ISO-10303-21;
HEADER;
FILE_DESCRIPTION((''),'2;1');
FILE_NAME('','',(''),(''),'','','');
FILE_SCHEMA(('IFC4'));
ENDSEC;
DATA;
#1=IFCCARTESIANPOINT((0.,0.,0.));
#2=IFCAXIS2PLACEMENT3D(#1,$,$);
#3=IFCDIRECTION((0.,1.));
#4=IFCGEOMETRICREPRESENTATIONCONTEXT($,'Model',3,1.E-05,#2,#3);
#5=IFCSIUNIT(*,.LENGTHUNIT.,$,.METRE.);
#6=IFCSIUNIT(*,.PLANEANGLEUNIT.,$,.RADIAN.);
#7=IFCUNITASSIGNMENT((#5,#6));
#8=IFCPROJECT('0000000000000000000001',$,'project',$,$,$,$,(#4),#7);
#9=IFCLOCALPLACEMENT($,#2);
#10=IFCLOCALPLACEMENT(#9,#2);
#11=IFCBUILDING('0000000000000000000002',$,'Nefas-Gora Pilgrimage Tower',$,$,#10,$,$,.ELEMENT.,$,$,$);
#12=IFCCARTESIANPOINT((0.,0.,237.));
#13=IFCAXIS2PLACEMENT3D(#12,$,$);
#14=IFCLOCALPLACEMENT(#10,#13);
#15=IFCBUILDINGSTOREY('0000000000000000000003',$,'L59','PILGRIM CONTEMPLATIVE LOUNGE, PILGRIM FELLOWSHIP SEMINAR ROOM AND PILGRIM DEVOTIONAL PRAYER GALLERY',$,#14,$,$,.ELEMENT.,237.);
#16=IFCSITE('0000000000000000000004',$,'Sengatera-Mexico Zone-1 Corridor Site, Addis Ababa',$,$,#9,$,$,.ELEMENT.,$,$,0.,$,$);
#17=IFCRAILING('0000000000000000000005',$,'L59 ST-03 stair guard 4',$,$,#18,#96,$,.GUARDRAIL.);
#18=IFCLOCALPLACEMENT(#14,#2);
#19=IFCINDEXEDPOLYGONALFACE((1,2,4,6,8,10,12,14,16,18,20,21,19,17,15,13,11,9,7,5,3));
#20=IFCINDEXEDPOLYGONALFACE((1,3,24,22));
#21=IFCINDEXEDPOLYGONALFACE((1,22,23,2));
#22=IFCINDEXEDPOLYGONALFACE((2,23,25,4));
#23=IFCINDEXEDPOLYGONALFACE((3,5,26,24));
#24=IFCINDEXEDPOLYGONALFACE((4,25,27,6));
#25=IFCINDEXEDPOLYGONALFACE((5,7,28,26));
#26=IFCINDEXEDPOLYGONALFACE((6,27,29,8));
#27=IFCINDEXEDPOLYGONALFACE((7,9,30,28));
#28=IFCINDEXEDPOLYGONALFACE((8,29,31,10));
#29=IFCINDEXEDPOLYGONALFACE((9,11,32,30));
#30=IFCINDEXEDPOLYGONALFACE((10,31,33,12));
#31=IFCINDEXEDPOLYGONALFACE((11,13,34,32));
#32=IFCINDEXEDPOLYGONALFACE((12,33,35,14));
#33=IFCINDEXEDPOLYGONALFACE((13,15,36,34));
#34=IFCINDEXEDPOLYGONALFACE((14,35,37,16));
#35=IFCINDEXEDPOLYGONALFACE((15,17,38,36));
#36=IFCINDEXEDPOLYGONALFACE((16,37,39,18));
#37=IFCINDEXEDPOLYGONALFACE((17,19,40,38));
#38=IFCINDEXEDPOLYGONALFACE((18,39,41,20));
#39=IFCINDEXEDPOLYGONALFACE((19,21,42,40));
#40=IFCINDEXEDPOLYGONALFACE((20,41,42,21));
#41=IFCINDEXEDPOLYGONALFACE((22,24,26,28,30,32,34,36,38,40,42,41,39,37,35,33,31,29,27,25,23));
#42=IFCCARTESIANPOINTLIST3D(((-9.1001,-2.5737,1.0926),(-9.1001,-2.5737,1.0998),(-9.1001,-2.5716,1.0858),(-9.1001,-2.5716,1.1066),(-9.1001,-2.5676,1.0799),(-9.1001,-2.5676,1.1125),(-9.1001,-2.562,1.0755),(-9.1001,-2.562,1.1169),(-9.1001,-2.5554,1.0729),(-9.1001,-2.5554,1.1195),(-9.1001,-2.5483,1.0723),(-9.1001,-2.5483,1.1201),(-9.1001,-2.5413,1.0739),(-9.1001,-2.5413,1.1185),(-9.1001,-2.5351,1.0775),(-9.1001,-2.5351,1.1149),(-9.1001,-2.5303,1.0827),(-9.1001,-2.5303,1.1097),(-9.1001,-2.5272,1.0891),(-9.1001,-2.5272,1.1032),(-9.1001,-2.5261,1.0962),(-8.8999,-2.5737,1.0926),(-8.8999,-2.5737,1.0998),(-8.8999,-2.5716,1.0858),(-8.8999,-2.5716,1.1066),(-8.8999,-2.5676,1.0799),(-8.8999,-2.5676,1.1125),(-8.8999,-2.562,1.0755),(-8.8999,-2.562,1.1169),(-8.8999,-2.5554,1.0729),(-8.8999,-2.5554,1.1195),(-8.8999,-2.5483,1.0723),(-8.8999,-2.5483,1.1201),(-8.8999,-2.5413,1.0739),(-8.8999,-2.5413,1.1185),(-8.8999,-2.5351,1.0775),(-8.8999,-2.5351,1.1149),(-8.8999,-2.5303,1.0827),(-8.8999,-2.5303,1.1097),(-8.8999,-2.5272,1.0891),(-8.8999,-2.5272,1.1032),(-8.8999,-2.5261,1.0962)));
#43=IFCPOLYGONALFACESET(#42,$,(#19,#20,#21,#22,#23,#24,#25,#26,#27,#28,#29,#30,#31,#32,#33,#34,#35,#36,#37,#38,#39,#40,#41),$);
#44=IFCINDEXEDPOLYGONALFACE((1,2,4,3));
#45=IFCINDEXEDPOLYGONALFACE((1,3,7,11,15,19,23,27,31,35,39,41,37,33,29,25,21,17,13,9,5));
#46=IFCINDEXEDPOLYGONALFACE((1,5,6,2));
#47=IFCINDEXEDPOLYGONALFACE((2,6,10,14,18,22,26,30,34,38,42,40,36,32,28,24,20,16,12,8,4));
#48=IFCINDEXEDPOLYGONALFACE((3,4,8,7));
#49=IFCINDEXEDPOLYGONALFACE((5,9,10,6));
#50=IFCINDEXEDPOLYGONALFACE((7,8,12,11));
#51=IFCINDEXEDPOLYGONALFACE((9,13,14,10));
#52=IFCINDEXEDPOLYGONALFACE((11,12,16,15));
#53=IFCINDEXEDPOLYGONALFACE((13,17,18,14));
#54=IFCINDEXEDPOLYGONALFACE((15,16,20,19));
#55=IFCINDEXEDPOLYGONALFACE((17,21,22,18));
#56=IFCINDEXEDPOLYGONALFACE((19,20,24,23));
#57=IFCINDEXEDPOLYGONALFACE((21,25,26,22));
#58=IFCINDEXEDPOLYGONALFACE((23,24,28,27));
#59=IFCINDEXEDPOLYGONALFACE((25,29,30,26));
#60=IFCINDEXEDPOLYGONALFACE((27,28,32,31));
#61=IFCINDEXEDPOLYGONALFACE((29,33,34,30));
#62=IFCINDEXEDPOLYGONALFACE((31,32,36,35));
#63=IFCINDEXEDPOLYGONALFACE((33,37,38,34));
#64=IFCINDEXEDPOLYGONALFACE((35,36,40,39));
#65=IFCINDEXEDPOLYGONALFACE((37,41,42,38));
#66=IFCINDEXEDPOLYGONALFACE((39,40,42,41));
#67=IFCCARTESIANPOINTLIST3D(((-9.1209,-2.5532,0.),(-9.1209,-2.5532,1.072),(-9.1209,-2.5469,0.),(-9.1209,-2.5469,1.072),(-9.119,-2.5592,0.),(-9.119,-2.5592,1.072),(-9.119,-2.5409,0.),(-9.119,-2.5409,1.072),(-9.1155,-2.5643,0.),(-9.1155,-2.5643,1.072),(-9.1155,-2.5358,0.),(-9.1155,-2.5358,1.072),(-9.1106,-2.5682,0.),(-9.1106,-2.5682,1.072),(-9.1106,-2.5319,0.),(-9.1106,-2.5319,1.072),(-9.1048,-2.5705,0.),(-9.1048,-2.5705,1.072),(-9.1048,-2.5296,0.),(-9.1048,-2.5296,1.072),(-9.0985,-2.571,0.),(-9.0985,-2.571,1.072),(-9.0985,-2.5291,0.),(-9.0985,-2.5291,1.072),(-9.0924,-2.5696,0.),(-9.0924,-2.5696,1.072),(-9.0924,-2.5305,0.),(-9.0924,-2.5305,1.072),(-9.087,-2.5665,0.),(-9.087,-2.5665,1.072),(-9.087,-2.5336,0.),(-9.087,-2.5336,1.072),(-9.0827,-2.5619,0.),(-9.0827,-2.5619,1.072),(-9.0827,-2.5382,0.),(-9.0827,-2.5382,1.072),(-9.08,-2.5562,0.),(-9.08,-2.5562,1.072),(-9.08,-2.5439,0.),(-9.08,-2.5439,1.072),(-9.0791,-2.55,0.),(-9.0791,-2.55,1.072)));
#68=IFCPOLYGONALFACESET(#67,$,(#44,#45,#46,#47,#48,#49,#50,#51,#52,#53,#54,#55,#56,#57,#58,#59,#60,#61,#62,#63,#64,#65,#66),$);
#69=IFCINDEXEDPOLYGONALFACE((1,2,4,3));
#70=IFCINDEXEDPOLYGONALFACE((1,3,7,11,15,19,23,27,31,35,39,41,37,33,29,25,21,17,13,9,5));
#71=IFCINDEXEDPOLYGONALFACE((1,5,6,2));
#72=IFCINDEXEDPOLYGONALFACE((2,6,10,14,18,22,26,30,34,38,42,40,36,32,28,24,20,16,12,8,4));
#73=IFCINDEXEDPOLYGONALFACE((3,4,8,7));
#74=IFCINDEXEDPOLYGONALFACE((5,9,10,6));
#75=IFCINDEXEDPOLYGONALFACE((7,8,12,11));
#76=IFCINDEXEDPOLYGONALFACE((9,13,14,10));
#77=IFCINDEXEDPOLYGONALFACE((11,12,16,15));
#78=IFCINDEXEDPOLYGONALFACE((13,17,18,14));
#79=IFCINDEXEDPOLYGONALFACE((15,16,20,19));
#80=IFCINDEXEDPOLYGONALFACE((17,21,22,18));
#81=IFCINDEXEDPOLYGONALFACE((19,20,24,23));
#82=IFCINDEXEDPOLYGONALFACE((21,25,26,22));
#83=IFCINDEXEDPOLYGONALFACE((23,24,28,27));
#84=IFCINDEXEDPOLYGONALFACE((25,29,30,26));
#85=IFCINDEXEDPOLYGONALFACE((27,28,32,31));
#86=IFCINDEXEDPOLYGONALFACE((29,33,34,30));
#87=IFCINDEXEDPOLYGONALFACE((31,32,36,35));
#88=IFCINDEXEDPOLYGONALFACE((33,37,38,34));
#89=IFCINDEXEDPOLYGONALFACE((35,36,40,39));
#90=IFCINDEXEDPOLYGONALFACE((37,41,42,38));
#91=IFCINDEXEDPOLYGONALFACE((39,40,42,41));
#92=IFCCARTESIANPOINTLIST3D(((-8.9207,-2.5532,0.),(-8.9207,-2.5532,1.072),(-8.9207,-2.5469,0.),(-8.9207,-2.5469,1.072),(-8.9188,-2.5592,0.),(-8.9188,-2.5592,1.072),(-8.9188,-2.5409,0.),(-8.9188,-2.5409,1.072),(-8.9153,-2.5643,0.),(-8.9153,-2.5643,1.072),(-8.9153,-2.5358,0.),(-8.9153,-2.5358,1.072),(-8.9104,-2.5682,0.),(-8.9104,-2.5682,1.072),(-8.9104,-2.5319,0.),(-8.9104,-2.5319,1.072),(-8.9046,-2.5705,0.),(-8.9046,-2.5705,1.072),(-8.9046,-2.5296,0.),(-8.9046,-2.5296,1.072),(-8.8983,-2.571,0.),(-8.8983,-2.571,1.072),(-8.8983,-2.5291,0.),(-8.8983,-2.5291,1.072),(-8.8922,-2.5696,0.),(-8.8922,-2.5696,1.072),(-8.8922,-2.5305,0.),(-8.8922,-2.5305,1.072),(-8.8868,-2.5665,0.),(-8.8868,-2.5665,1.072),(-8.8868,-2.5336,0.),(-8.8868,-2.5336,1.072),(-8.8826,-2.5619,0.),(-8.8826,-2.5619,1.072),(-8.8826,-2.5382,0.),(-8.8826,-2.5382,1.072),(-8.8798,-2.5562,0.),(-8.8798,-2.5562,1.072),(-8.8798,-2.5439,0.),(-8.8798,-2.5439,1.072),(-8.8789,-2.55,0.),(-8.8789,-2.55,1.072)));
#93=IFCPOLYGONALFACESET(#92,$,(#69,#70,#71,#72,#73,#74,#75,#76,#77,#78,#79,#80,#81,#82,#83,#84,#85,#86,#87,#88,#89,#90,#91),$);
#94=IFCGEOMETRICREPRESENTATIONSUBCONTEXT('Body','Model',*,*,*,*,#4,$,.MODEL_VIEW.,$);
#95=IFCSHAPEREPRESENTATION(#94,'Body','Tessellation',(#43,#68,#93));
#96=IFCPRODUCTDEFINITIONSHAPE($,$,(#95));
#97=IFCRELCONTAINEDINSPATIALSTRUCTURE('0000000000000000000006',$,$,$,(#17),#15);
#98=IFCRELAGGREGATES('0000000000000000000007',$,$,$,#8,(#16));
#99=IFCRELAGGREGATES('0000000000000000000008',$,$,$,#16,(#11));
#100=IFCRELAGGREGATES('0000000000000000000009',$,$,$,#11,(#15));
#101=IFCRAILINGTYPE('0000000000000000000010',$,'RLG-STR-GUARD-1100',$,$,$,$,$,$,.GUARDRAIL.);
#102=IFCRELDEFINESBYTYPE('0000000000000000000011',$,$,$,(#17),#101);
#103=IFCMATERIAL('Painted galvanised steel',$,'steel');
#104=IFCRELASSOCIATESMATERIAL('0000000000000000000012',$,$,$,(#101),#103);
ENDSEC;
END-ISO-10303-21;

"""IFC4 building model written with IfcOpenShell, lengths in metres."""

from ifc_helpers import new_model, si_unit, direction, frame, origin, origin_2d, place, context, subcontext, project, spatial, circle, extrude, material, type_object, element, save


model = new_model("IFC4")

# Units and contexts
model_context = context("Model", 3, precision=1e-05, world=origin(), true_north=direction((0.0, 1.0)))
body_context = subcontext(model_context, "Body", "Model", "MODEL_VIEW")
ifc_project = project(units=[si_unit("LENGTHUNIT", "METRE"), si_unit("PLANEANGLEUNIT", "RADIAN")], contexts=[model_context])

# Site, building, storey
site_placement = place(None, origin())
site = spatial("IfcSite", under=ifc_project, at=site_placement, Name="Sengatera-Mexico Zone-1 Corridor Site, Addis Ababa", CompositionType="ELEMENT", RefElevation=0.0)
building_placement = place(site_placement, origin())
building = spatial("IfcBuilding", under=site, at=building_placement, Name="Nefas-Gora Pilgrimage Tower", CompositionType="ELEMENT")
storey_placement = place(building_placement, frame((0.0, 0.0, 237.0)))
storey = spatial("IfcBuildingStorey", under=building, at=storey_placement, Name="L59", Description="PILGRIM CONTEMPLATIVE LOUNGE, PILGRIM FELLOWSHIP SEMINAR ROOM AND PILGRIM DEVOTIONAL PRAYER GALLERY", CompositionType="ELEMENT", Elevation=237.0)

# Railing
ifc_material_1 = material(Name="Painted galvanised steel", Category="steel")
railing_type_1 = type_object("IfcRailingType", Name="RLG-STR-GUARD-1100", PredefinedType="GUARDRAIL", material=ifc_material_1)
railing_1_placement = place(storey_placement, frame((-9.1001, -2.55, 0.0)))
element("IfcRailing", 1, at=railing_1_placement, inside=storey, type_object=railing_type_1, Name="L59 ST-03 stair guard 4", PredefinedType="GUARDRAIL", context=body_context, shape_type="SweptSolid", body=[
    extrude(circle(Radius=0.0239, at=origin_2d()), frame((0.0, 0.0, 1.0962), z_axis=(1.0, 0.0, 0.0), x_axis=(0.0, 1.0, 0.0)), (0.0, 0.0, 1.0), 0.2002),
    extrude(circle(Radius=0.021, at=origin_2d()), origin(), (0.0, 0.0, 1.0), 1.072),
    extrude(circle(Radius=0.021, at=origin_2d()), frame((0.2002, 0.0, 0.0)), (0.0, 0.0, 1.0), 1.072),
])

save(model, "model.ifc")
